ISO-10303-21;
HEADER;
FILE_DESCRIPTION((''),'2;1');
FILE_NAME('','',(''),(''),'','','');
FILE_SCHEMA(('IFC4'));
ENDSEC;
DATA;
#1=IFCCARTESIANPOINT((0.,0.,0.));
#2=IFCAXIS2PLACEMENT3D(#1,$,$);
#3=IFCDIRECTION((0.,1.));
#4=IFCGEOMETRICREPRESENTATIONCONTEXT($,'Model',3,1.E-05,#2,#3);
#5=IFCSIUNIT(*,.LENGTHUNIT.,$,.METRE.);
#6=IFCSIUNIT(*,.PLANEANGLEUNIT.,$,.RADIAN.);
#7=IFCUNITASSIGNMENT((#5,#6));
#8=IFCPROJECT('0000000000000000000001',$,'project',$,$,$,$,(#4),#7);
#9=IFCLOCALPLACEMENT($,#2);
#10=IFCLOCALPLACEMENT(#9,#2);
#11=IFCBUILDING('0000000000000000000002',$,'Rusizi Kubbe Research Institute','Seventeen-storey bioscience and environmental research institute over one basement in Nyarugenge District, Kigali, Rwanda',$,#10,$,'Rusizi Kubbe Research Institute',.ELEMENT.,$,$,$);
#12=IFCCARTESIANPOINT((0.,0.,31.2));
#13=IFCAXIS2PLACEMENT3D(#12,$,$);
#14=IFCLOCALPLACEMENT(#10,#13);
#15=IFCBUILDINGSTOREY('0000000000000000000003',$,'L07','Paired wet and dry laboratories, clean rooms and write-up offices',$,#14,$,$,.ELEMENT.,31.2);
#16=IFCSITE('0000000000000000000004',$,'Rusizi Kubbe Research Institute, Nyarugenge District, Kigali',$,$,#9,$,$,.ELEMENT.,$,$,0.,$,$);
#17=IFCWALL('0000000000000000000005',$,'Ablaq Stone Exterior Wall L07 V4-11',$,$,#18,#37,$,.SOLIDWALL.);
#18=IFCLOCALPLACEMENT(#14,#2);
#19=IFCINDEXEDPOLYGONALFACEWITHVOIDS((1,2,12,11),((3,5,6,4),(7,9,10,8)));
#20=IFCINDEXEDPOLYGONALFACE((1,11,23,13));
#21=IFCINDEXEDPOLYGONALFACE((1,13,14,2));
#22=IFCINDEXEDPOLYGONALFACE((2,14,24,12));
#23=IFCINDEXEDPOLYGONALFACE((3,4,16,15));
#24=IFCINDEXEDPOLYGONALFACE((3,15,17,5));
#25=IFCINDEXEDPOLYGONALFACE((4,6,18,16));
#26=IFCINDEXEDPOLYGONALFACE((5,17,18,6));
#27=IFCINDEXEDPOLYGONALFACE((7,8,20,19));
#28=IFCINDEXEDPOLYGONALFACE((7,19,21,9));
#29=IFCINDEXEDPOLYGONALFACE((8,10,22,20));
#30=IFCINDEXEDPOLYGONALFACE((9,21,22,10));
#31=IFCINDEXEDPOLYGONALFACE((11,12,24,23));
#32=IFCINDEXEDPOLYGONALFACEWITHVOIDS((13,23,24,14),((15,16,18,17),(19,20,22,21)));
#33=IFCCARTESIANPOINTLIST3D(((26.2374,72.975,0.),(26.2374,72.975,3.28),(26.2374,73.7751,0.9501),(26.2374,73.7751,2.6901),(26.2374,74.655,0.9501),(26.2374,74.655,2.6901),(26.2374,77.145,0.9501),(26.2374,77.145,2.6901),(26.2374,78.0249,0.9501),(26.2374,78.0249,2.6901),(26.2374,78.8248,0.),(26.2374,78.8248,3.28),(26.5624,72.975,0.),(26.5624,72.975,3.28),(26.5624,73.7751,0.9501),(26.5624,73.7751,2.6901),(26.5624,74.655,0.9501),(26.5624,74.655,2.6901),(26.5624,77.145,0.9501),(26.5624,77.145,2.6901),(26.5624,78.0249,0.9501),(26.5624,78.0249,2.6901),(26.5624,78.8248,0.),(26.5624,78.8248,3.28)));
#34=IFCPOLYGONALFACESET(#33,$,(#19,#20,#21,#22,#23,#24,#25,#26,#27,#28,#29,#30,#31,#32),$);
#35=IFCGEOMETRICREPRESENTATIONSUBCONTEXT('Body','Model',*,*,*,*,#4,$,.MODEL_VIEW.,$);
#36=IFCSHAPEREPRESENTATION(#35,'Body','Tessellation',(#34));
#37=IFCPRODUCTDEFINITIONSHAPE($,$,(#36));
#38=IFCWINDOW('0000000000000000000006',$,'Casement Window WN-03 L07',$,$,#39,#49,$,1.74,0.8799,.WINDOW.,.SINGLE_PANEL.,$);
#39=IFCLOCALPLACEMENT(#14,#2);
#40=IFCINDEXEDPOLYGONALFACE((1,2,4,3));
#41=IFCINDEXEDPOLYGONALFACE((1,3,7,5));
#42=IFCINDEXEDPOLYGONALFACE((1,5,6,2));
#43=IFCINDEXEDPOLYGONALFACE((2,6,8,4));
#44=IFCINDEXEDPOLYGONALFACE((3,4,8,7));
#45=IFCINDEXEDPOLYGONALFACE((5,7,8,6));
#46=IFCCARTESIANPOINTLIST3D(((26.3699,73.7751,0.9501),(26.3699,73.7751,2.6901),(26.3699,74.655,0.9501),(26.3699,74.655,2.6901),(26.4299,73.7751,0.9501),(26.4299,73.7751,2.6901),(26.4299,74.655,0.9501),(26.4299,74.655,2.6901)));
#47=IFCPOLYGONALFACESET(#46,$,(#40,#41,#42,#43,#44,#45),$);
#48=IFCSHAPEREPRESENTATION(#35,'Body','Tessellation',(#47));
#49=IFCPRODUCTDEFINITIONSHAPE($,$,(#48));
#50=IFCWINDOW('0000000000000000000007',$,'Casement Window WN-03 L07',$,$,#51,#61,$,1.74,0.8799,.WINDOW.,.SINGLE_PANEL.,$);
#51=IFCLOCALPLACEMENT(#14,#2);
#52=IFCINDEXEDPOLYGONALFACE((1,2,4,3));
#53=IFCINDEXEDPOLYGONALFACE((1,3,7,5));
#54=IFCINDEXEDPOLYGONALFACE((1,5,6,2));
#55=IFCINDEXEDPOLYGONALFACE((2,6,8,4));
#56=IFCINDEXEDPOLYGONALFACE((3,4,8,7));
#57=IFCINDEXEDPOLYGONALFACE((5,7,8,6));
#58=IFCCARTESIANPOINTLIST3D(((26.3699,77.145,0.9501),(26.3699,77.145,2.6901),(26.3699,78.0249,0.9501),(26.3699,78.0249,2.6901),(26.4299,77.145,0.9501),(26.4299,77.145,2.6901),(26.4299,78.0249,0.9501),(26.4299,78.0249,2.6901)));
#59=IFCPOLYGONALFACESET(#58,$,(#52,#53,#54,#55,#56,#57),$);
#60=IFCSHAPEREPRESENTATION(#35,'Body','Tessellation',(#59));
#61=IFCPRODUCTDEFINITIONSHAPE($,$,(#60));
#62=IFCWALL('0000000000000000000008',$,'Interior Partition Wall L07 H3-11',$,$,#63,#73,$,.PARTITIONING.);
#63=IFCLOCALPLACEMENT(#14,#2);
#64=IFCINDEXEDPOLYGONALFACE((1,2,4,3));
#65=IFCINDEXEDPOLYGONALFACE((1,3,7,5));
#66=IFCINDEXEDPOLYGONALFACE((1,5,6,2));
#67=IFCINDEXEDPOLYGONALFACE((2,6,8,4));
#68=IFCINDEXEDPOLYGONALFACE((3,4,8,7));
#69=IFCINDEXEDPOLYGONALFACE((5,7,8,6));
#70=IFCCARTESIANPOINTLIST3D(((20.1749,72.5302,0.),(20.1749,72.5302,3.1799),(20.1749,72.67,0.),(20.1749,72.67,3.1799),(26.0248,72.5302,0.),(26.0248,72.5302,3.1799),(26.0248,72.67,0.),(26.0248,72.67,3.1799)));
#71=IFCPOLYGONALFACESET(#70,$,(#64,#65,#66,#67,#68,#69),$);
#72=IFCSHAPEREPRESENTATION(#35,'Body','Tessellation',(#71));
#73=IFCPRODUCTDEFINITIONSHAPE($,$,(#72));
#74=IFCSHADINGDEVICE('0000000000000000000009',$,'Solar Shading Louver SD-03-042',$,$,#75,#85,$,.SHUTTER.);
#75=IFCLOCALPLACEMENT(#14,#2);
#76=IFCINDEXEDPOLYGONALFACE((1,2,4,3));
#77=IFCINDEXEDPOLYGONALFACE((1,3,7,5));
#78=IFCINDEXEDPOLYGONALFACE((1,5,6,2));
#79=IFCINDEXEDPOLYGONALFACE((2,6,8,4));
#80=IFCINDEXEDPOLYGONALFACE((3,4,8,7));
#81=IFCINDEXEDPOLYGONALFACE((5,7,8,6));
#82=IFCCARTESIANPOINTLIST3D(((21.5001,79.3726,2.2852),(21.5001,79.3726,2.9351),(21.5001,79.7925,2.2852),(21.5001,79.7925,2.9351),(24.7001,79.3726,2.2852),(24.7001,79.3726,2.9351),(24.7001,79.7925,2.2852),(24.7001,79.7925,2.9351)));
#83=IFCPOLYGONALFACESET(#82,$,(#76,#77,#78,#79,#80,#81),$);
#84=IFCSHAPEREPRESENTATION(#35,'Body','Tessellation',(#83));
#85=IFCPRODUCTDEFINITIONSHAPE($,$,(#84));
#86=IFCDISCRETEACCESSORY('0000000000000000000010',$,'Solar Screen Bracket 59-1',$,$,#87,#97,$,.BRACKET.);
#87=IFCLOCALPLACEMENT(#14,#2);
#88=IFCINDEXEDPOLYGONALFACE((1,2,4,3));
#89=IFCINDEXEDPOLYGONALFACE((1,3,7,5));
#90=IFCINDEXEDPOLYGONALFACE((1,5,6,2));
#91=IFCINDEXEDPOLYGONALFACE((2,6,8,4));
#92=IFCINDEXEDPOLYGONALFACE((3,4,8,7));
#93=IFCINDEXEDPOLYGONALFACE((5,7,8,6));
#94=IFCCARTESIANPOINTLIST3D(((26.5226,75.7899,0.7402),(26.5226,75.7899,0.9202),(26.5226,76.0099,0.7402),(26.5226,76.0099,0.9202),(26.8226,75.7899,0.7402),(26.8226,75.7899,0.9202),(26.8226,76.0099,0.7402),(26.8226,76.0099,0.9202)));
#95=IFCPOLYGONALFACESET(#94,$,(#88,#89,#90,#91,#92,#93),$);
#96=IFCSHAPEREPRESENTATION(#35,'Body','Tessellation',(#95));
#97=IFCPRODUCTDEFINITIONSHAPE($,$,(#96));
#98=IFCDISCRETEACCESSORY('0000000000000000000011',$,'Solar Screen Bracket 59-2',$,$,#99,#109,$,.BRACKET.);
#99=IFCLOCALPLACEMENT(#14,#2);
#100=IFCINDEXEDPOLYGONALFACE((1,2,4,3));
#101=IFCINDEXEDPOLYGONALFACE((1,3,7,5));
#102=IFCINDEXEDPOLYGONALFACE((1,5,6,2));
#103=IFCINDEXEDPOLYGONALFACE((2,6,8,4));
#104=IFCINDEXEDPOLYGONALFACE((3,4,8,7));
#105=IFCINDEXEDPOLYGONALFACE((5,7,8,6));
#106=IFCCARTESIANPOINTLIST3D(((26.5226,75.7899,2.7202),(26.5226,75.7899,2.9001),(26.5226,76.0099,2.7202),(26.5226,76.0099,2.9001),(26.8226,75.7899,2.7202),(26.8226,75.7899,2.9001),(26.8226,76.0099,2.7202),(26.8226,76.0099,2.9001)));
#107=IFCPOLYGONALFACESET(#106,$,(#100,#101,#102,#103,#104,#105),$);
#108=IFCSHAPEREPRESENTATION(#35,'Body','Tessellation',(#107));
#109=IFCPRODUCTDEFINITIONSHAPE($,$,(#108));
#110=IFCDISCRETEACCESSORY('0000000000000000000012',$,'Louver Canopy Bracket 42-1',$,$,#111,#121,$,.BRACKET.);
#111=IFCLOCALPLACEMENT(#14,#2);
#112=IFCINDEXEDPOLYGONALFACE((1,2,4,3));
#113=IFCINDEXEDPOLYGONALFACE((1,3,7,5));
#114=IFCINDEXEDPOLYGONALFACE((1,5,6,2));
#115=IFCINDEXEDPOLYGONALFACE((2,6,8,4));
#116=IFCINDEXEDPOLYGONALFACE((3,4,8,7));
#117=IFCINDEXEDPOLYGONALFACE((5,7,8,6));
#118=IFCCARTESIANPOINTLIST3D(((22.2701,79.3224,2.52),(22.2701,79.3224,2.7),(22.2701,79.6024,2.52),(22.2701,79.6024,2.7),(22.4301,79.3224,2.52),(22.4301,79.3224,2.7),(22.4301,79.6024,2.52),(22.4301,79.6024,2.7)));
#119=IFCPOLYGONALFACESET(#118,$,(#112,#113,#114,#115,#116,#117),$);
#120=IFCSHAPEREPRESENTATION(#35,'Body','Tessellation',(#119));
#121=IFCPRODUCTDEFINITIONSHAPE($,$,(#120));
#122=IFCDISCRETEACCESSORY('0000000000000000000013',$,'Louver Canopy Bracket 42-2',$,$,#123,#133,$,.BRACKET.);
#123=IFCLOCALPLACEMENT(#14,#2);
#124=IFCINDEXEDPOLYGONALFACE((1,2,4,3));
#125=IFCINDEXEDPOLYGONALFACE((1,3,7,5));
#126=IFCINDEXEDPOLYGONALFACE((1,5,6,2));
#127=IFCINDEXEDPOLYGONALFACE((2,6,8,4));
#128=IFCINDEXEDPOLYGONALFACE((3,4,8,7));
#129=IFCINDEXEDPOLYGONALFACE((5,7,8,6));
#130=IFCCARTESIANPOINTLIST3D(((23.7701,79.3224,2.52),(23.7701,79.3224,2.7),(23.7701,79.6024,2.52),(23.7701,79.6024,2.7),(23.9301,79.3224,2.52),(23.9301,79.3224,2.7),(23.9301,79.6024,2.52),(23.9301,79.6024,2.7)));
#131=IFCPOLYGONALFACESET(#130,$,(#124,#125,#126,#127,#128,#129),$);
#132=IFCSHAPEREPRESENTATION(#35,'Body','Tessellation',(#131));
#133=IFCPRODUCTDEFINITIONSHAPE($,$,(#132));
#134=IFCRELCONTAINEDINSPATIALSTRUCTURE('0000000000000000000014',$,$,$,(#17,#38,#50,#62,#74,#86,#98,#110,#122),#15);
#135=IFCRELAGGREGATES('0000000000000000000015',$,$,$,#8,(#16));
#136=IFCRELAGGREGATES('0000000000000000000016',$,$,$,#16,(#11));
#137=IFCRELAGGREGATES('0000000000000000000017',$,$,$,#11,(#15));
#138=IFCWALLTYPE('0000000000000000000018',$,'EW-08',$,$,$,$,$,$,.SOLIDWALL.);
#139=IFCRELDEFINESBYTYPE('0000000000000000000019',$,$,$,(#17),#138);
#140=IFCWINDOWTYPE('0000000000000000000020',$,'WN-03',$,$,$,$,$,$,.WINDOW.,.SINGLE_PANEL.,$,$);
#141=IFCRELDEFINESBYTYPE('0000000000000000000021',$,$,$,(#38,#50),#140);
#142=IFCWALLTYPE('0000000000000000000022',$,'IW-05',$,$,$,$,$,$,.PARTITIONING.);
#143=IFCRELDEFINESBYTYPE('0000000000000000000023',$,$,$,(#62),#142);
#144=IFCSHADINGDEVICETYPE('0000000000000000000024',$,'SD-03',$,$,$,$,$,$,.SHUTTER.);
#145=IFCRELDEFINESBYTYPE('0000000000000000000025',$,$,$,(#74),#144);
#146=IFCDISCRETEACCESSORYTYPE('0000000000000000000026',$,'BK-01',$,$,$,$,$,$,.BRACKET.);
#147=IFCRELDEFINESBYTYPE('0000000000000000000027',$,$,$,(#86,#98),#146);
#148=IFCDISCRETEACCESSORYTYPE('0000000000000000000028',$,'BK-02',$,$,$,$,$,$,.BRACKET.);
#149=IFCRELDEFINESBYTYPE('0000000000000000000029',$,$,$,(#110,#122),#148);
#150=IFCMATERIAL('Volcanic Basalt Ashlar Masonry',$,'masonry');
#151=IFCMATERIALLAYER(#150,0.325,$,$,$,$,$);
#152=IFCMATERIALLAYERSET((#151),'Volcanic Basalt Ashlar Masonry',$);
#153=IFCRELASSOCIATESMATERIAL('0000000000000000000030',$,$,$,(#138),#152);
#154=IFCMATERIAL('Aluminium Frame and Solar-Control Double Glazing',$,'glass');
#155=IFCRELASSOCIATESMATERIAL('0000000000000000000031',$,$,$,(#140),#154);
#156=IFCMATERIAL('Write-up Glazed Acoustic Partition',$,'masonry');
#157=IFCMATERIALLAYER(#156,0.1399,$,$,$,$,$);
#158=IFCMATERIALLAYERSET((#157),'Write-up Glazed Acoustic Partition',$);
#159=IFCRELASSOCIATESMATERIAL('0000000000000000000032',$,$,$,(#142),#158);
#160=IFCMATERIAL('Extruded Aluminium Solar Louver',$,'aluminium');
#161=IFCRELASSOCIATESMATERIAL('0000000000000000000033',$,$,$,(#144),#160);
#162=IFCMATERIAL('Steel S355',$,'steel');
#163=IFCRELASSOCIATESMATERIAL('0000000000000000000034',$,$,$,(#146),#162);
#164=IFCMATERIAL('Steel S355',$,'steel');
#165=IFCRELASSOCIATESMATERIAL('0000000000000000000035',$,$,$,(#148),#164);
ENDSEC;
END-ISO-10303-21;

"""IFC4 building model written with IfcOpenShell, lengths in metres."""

from ifc_helpers import new_model, si_unit, direction, frame, frame_2d, origin, origin_2d, place, context, subcontext, project, spatial, rectangle, extrude, material, layer, layer_set, type_object, element, fill, save


model = new_model("IFC4")

# Units and contexts
model_context = context("Model", 3, precision=1e-05, world=origin(), true_north=direction((0.0, 1.0)))
body_context = subcontext(model_context, "Body", "Model", "MODEL_VIEW")
ifc_project = project(units=[si_unit("LENGTHUNIT", "METRE"), si_unit("PLANEANGLEUNIT", "RADIAN")], contexts=[model_context])

# Site, building, storey
site_placement = place(None, origin())
site = spatial("IfcSite", under=ifc_project, at=site_placement, Name="Rusizi Kubbe Research Institute, Nyarugenge District, Kigali", CompositionType="ELEMENT", RefElevation=0.0)
building_placement = place(site_placement, origin())
building = spatial("IfcBuilding", under=site, at=building_placement, Name="Rusizi Kubbe Research Institute", Description="Seventeen-storey bioscience and environmental research institute over one basement in Nyarugenge District, Kigali, Rwanda", LongName="Rusizi Kubbe Research Institute", CompositionType="ELEMENT")
storey_placement = place(building_placement, frame((0.0, 0.0, 31.2)))
storey = spatial("IfcBuildingStorey", under=building, at=storey_placement, Name="L07", Description="Paired wet and dry laboratories, clean rooms and write-up offices", CompositionType="ELEMENT", Elevation=31.2)

# Wall, openings, windows
ifc_material_1 = material(Name="Volcanic Basalt Ashlar Masonry", Category="masonry")
ifc_layer_1 = layer(ifc_material_1, 0.325)
ifc_layer_set_1 = layer_set([ifc_layer_1], Name="Volcanic Basalt Ashlar Masonry")
wall_type_1 = type_object("IfcWallType", Name="EW-08", PredefinedType="SOLIDWALL", material=ifc_layer_set_1)
wall_1_placement = place(storey_placement, frame((26.3999, 72.9751, 0.0), z_axis=(0.0, 0.0, 1.0), x_axis=(0.0, 1.0, 0.0)))
wall_1 = element("IfcWall", 1, at=wall_1_placement, inside=storey, type_object=wall_type_1, Name="Ablaq Stone Exterior Wall L07 V4-11", PredefinedType="SOLIDWALL", context=body_context, shape_type="SweptSolid", body=[
    extrude(rectangle(XDim=5.8499, YDim=0.325, at=frame_2d((2.9248, 0.0))), origin(), (0.0, 0.0, 1.0), 3.28),
])
opening_1_placement = place(wall_1_placement, frame((0.8, 0.0, 0.95)))
opening_1 = element("IfcOpeningElement", 2, at=opening_1_placement, cuts=wall_1, PredefinedType="OPENING", context=body_context, shape_type="SweptSolid", body=[
    extrude(rectangle(XDim=0.8799, YDim=1.74, at=frame_2d((0.4399, 0.8701))), frame((0.0, 0.1724, 0.0), z_axis=(0.0, -1.0, 0.0), x_axis=(1.0, 0.0, 0.0)), (0.0, 0.0, 1.0), 0.345),
])
opening_2_placement = place(wall_1_placement, frame((4.1699, 0.0, 0.95)))
opening_2 = element("IfcOpeningElement", 3, at=opening_2_placement, cuts=wall_1, PredefinedType="OPENING", context=body_context, shape_type="SweptSolid", body=[
    extrude(rectangle(XDim=0.8799, YDim=1.74, at=frame_2d((0.4399, 0.8701))), frame((0.0, 0.1724, 0.0), z_axis=(0.0, -1.0, 0.0), x_axis=(1.0, 0.0, 0.0)), (0.0, 0.0, 1.0), 0.345),
])
ifc_material_2 = material(Name="Aluminium Frame and Solar-Control Double Glazing", Category="glass")
window_type_1 = type_object("IfcWindowType", Name="WN-03", PartitioningType="SINGLE_PANEL", PredefinedType="WINDOW", material=ifc_material_2)
window_1_placement = place(opening_1_placement, origin())
window_1 = element("IfcWindow", 4, at=window_1_placement, inside=storey, type_object=window_type_1, Name="Casement Window WN-03 L07", OverallHeight=1.74, OverallWidth=0.8799, PartitioningType="SINGLE_PANEL", PredefinedType="WINDOW", context=body_context, shape_type="SweptSolid", body=[
    extrude(rectangle(XDim=0.8799, YDim=1.74, at=frame_2d((0.4399, 0.8701))), frame((0.0, 0.03, 0.0), z_axis=(0.0, -1.0, 0.0), x_axis=(1.0, 0.0, 0.0)), (0.0, 0.0, 1.0), 0.0601),
])
fill(opening_1, window_1)
window_2_placement = place(opening_2_placement, origin())
window_2 = element("IfcWindow", 5, at=window_2_placement, inside=storey, type_object=window_type_1, Name="Casement Window WN-03 L07", OverallHeight=1.74, OverallWidth=0.8799, PartitioningType="SINGLE_PANEL", PredefinedType="WINDOW", context=body_context, shape_type="SweptSolid", body=[
    extrude(rectangle(XDim=0.8799, YDim=1.74, at=frame_2d((0.4399, 0.8701))), frame((0.0, 0.03, 0.0), z_axis=(0.0, -1.0, 0.0), x_axis=(1.0, 0.0, 0.0)), (0.0, 0.0, 1.0), 0.0601),
])
fill(opening_2, window_2)

# Wall
ifc_material_3 = material(Name="Write-up Glazed Acoustic Partition", Category="masonry")
ifc_layer_2 = layer(ifc_material_3, 0.1399)
ifc_layer_set_2 = layer_set([ifc_layer_2], Name="Write-up Glazed Acoustic Partition")
wall_type_2 = type_object("IfcWallType", Name="IW-05", PredefinedType="PARTITIONING", material=ifc_layer_set_2)
wall_2_placement = place(storey_placement, frame((20.175, 72.6001, 0.0), z_axis=(0.0, 0.0, 1.0), x_axis=(1.0, 0.0, 0.0)))
element("IfcWall", 6, at=wall_2_placement, inside=storey, type_object=wall_type_2, Name="Interior Partition Wall L07 H3-11", PredefinedType="PARTITIONING", context=body_context, shape_type="SweptSolid", body=[
    extrude(rectangle(XDim=5.8499, YDim=0.1399, at=frame_2d((2.9248, 0.0))), origin(), (0.0, 0.0, 1.0), 3.1799),
])

# Shading device
ifc_material_4 = material(Name="Extruded Aluminium Solar Louver", Category="aluminium")
shading_device_type = type_object("IfcShadingDeviceType", Name="SD-03", PredefinedType="SHUTTER", material=ifc_material_4)
shading_device_placement = place(storey_placement, frame((23.1001, 79.5825, 2.2852), z_axis=(0.0, 0.0, 1.0), x_axis=(1.0, 0.0, 0.0)))
element("IfcShadingDevice", 7, at=shading_device_placement, inside=storey, type_object=shading_device_type, Name="Solar Shading Louver SD-03-042", PredefinedType="SHUTTER", context=body_context, shape_type="SweptSolid", body=[
    extrude(rectangle(XDim=3.2, YDim=0.4199, at=origin_2d()), origin(), (0.0, 0.0, 1.0), 0.6499),
])

# Discrete accessories
ifc_material_5 = material(Name="Steel S355", Category="steel")
discrete_accessory_type_1 = type_object("IfcDiscreteAccessoryType", Name="BK-01", PredefinedType="BRACKET", material=ifc_material_5)
for number, where, z_axis, x_axis, name in (
    (8, (26.6726, 75.8999, 0.7402), (0.0, 0.0, 1.0), (1.0, 0.0, 0.0), "Solar Screen Bracket 59-1"),
    (9, (26.6726, 75.8999, 2.7202), (0.0, 0.0, 1.0), (1.0, 0.0, 0.0), "Solar Screen Bracket 59-2"),
):
    element("IfcDiscreteAccessory", number, at=place(storey_placement, frame(where, z_axis=z_axis, x_axis=x_axis)), inside=storey, type_object=discrete_accessory_type_1, Name=name, PredefinedType="BRACKET", context=body_context, shape_type="SweptSolid", body=[
        extrude(rectangle(XDim=0.3, YDim=0.22, at=origin_2d()), origin(), (0.0, 0.0, 1.0), 0.1799),
    ])
ifc_material_6 = material(Name="Steel S355", Category="steel")
discrete_accessory_type_2 = type_object("IfcDiscreteAccessoryType", Name="BK-02", PredefinedType="BRACKET", material=ifc_material_6)
for number, where, z_axis, x_axis, name in (
    (10, (22.3501, 79.4624, 2.52), (0.0, 0.0, 1.0), (1.0, 0.0, 0.0), "Louver Canopy Bracket 42-1"),
    (11, (23.8501, 79.4624, 2.52), (0.0, 0.0, 1.0), (1.0, 0.0, 0.0), "Louver Canopy Bracket 42-2"),
):
    element("IfcDiscreteAccessory", number, at=place(storey_placement, frame(where, z_axis=z_axis, x_axis=x_axis)), inside=storey, type_object=discrete_accessory_type_2, Name=name, PredefinedType="BRACKET", context=body_context, shape_type="SweptSolid", body=[
        extrude(rectangle(XDim=0.1599, YDim=0.28, at=origin_2d()), origin(), (0.0, 0.0, 1.0), 0.1799),
    ])

save(model, "model.ifc")
